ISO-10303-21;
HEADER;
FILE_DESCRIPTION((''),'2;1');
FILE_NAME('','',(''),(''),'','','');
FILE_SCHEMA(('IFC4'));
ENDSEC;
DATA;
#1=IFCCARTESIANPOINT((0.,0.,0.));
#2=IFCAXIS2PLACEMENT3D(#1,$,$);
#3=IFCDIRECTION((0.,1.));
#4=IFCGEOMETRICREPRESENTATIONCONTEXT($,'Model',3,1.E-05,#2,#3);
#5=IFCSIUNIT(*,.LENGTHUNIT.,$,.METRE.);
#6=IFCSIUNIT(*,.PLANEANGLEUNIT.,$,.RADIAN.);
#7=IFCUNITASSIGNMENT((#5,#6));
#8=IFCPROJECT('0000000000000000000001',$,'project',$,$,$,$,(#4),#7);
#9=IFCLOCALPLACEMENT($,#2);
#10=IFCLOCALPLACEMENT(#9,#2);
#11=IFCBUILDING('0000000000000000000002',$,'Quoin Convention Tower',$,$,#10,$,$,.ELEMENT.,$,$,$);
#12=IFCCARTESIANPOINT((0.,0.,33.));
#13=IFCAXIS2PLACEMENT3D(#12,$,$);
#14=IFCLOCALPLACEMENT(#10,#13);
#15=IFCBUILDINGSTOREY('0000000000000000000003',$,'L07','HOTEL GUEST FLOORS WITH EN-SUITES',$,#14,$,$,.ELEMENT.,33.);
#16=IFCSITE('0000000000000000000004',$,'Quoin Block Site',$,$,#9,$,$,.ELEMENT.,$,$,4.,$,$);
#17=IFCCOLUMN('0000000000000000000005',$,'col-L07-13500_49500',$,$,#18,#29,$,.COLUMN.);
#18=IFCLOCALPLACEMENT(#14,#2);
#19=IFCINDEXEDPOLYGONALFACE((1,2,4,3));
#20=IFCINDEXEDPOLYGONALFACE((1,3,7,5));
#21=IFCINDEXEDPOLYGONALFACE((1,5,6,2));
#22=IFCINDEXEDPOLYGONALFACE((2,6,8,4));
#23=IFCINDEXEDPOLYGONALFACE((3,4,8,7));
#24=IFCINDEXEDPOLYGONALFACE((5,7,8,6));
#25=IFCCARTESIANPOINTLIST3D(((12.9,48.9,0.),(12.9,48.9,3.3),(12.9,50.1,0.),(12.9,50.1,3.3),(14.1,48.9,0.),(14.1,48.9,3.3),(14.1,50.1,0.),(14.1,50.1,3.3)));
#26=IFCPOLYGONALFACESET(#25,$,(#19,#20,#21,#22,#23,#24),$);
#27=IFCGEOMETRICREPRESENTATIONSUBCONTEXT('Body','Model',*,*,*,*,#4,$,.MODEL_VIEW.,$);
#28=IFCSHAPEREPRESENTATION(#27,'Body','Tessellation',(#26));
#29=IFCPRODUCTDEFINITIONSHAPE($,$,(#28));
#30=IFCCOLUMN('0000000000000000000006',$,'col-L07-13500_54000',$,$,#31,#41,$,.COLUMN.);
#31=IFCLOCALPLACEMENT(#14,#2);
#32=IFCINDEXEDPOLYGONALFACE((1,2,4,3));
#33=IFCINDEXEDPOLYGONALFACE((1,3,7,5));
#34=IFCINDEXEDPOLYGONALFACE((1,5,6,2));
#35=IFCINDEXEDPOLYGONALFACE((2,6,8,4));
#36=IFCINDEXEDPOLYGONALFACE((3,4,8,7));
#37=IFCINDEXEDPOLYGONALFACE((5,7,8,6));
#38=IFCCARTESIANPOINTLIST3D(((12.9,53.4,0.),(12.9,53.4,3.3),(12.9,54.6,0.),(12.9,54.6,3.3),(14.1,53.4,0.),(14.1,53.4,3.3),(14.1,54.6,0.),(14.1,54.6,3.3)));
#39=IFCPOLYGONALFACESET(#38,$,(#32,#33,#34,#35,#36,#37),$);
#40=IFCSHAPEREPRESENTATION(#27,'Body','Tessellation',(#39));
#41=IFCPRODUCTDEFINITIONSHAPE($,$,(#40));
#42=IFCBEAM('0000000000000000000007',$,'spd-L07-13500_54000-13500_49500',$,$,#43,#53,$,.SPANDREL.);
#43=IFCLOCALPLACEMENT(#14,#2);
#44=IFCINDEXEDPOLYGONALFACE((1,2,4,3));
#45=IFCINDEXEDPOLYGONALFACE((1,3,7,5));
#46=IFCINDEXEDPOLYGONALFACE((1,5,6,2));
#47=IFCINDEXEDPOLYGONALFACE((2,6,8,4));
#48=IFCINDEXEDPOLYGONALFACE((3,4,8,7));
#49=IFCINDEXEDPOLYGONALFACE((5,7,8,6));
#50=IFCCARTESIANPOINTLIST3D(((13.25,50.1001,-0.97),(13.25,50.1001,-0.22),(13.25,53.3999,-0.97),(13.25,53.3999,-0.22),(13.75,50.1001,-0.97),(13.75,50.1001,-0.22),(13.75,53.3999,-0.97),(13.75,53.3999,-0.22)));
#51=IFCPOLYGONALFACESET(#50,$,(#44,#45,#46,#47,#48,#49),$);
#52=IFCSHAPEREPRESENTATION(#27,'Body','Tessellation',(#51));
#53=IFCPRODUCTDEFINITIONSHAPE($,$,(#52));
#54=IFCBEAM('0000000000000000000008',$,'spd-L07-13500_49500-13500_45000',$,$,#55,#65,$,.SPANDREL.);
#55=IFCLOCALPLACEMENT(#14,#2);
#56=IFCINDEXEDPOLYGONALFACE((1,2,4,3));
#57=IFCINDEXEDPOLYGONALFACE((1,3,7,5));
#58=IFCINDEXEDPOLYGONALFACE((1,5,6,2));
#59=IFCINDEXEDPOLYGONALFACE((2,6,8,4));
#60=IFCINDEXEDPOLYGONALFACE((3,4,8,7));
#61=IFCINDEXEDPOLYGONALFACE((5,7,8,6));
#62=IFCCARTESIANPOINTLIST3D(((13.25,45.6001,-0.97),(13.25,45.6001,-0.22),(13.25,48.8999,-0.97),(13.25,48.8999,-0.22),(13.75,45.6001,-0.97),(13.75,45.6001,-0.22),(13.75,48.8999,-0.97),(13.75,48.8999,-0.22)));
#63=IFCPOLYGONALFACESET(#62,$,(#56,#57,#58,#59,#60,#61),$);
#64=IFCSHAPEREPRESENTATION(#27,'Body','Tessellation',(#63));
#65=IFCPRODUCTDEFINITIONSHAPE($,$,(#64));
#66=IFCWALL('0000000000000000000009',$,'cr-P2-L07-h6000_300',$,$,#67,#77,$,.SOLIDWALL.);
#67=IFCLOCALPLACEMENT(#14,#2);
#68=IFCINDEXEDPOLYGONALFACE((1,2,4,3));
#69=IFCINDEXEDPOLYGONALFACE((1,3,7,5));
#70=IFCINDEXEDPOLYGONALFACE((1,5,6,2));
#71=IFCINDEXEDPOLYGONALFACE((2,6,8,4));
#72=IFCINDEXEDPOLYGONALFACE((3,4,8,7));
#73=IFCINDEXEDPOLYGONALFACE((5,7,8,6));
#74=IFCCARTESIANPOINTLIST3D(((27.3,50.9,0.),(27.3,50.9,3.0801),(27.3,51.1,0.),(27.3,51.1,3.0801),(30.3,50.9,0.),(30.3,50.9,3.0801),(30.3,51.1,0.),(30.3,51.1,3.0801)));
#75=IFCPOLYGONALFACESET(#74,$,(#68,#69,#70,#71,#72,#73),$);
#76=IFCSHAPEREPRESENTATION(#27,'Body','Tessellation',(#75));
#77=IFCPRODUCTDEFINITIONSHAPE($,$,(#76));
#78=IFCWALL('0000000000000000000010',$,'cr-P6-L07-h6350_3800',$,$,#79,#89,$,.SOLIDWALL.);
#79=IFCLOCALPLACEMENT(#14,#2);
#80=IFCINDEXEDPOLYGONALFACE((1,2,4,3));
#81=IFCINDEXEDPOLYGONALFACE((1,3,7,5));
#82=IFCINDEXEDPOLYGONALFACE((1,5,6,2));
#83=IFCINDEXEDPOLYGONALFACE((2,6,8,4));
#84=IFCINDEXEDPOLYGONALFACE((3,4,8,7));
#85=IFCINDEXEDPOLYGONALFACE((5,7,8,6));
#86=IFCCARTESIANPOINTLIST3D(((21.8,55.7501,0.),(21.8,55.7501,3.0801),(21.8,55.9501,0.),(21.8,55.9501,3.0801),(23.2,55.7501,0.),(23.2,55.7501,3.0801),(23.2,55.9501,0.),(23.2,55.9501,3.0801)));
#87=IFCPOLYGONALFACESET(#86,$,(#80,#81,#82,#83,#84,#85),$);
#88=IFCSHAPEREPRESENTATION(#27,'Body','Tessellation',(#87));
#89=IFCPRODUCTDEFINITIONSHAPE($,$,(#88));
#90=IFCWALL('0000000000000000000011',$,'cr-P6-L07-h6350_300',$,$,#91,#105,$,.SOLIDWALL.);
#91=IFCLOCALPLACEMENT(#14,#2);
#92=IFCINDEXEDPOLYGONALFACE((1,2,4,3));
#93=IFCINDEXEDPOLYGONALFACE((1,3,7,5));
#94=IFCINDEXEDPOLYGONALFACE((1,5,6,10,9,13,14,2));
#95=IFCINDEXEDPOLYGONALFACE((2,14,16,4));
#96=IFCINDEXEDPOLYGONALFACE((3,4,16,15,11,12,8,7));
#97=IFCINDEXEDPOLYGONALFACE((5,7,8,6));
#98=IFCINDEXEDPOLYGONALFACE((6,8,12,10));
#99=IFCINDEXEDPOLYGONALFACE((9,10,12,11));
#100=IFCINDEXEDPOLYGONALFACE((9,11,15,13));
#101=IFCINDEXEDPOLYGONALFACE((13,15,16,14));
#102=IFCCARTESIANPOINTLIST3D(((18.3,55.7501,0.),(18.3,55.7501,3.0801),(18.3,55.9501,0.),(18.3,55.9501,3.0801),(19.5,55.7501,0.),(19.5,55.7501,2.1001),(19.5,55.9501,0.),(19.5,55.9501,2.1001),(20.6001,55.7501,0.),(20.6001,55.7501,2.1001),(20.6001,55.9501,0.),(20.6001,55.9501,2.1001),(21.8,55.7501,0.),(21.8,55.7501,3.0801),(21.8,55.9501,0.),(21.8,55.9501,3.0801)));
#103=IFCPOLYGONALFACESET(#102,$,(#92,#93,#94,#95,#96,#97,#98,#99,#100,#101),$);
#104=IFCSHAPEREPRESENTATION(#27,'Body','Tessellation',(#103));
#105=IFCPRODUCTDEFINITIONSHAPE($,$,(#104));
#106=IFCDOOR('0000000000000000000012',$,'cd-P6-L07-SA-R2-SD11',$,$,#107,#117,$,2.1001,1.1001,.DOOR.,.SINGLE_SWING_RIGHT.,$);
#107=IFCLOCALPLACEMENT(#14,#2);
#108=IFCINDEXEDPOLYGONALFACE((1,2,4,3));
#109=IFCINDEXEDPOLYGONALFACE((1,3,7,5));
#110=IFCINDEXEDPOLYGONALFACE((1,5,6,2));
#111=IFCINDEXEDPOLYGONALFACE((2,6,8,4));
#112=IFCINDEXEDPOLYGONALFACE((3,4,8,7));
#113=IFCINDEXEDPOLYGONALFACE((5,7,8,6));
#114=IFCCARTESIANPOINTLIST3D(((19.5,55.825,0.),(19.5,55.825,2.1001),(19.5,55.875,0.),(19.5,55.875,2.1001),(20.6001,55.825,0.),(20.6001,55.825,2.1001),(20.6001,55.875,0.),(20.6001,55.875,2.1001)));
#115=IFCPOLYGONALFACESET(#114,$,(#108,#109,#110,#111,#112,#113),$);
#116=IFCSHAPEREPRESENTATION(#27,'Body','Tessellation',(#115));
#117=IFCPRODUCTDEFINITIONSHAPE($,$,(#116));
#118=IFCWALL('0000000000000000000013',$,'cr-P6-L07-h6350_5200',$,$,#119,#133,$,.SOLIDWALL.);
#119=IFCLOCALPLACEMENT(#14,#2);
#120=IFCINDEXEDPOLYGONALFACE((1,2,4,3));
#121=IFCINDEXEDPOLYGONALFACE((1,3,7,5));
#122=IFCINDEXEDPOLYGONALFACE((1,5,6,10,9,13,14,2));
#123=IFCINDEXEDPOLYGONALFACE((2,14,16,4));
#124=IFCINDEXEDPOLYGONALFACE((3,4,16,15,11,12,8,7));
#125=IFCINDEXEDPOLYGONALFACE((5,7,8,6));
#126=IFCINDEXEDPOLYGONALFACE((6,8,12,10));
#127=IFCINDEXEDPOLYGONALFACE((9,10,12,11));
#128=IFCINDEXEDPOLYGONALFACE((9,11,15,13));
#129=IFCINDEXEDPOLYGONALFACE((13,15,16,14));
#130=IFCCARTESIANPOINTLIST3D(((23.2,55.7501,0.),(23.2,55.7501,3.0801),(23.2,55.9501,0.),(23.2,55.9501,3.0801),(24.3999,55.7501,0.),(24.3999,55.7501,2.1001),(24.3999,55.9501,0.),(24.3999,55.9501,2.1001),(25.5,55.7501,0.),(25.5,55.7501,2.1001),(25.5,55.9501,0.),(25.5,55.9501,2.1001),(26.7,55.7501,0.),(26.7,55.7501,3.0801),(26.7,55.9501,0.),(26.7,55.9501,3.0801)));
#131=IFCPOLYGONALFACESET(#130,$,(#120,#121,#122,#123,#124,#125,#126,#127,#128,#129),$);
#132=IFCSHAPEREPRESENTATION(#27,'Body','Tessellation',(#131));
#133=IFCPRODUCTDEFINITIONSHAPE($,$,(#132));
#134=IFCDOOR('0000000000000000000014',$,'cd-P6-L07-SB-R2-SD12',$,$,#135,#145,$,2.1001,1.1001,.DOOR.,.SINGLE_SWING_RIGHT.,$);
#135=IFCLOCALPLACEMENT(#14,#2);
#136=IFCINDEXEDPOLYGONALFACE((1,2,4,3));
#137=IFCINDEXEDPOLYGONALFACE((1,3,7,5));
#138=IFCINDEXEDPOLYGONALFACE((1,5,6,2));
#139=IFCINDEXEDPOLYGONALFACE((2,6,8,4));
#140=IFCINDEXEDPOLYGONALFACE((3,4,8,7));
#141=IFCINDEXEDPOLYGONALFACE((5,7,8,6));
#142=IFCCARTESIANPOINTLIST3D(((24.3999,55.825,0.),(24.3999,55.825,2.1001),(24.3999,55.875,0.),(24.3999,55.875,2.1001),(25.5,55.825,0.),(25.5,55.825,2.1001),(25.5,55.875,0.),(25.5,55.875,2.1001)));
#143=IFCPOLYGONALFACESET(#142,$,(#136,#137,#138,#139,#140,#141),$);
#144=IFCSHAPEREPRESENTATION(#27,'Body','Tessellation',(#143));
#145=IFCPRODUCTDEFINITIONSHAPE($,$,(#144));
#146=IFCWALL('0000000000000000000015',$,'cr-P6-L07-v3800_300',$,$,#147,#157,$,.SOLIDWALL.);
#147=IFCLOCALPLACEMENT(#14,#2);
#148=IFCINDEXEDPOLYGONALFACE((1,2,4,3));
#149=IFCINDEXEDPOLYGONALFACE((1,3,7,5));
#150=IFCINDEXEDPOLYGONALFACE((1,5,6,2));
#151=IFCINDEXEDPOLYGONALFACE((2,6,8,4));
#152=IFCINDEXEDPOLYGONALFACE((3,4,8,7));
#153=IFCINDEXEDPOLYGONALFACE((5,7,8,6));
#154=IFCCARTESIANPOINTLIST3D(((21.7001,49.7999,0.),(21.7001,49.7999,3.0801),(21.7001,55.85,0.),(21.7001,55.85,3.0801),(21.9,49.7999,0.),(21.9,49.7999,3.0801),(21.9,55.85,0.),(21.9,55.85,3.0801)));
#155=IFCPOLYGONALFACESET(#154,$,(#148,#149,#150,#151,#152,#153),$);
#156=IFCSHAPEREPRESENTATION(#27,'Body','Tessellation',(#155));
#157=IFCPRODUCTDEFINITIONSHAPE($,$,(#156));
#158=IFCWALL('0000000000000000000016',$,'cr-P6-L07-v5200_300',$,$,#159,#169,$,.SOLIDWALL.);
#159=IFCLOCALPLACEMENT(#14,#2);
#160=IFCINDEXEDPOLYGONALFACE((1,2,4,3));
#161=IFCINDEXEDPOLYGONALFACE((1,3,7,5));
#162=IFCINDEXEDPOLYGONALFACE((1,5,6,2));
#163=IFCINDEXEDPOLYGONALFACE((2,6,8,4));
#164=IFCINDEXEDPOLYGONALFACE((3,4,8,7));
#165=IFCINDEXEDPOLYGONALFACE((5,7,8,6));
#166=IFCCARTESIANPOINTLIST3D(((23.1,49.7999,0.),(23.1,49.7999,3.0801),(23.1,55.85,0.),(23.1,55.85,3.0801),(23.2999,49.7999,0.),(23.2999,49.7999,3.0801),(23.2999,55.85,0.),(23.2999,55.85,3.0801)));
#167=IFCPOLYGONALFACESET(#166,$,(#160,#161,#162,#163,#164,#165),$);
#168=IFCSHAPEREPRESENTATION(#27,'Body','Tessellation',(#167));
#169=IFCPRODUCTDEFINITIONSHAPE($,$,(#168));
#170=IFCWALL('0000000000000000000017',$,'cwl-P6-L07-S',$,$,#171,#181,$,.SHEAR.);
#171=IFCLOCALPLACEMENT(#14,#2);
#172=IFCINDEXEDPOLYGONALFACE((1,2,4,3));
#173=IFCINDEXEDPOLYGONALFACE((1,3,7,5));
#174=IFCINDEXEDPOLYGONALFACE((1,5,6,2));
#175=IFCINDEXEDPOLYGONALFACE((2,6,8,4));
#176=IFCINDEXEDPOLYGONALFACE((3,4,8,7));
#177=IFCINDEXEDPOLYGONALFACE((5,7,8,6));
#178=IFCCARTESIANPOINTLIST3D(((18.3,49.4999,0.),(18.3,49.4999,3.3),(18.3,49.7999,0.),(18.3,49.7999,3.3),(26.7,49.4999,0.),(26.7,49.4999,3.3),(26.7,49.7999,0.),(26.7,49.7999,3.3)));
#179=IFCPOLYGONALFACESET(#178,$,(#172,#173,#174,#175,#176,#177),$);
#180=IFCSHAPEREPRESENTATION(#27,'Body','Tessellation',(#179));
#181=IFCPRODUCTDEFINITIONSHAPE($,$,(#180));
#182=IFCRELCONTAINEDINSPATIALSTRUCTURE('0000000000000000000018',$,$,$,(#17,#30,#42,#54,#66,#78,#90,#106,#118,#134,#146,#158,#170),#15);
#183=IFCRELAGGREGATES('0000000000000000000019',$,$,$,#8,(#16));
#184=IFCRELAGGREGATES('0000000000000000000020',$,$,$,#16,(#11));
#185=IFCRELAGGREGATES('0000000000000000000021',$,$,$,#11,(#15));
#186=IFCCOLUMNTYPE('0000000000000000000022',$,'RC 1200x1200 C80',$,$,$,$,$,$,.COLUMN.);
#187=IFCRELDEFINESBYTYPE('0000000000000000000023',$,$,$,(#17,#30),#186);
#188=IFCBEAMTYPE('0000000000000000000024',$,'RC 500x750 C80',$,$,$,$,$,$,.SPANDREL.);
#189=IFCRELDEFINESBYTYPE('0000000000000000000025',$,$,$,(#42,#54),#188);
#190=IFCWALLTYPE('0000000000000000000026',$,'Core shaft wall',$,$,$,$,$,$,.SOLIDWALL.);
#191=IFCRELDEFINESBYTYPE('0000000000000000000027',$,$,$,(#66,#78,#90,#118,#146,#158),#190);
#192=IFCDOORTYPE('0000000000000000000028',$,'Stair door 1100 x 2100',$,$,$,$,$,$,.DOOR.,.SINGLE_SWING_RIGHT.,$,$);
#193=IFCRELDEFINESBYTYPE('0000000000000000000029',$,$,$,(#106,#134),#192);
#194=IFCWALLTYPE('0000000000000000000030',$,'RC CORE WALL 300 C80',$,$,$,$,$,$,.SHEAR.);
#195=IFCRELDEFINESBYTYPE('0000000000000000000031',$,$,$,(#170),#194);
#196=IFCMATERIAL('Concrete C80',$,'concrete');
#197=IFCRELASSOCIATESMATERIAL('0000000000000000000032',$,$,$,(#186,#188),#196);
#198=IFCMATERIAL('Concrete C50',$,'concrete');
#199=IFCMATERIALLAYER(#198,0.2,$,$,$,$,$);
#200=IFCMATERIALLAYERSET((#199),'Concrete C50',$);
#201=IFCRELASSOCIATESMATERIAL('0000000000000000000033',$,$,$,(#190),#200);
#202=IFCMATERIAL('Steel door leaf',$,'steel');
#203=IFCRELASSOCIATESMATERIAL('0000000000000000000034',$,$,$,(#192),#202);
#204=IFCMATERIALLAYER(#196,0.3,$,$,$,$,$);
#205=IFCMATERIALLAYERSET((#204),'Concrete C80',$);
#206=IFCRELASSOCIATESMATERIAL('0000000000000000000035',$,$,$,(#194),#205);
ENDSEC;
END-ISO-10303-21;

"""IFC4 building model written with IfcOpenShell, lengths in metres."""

from ifc_helpers import new_model, si_unit, direction, frame, frame_2d, origin, origin_2d, place, context, subcontext, project, spatial, rectangle, extrude, material, layer, layer_set, material_profile, profile_set, type_object, element, fill, save


model = new_model("IFC4")

# Units and contexts
model_context = context("Model", 3, precision=1e-05, world=origin(), true_north=direction((0.0, 1.0)))
body_context = subcontext(model_context, "Body", "Model", "MODEL_VIEW")
ifc_project = project(units=[si_unit("LENGTHUNIT", "METRE"), si_unit("PLANEANGLEUNIT", "RADIAN")], contexts=[model_context])

# Site, building, storey
site_placement = place(None, origin())
site = spatial("IfcSite", under=ifc_project, at=site_placement, Name="Quoin Block Site", CompositionType="ELEMENT", RefElevation=4.0)
building_placement = place(site_placement, origin())
building = spatial("IfcBuilding", under=site, at=building_placement, Name="Quoin Convention Tower", CompositionType="ELEMENT")
storey_placement = place(building_placement, frame((0.0, 0.0, 33.0)))
storey = spatial("IfcBuildingStorey", under=building, at=storey_placement, Name="L07", Description="HOTEL GUEST FLOORS WITH EN-SUITES", CompositionType="ELEMENT", Elevation=33.0)

# Columns
ifc_material_1 = material(Name="Concrete C80", Category="concrete")
ifc_material_profile_1 = material_profile(ifc_material_1, rectangle(XDim=1.2, YDim=1.2, at=origin_2d()), Name="RC 1200x1200")
ifc_profile_set_1 = profile_set([ifc_material_profile_1], Name="Concrete C80")
column_type = type_object("IfcColumnType", Name="RC 1200x1200 C80", PredefinedType="COLUMN", material=ifc_profile_set_1)
for number, where, z_axis, x_axis, name in (
    (1, (13.5, 49.5, 0.0), (0.0, 0.0, 1.0), (1.0, 0.0, 0.0), "col-L07-13500_49500"),
    (2, (13.5, 54.0, 0.0), (0.0, 0.0, 1.0), (1.0, 0.0, 0.0), "col-L07-13500_54000"),
):
    element("IfcColumn", number, at=place(storey_placement, frame(where, z_axis=z_axis, x_axis=x_axis)), inside=storey, type_object=column_type, Name=name, PredefinedType="COLUMN", context=body_context, shape_type="SweptSolid", body=[
        extrude(rectangle(XDim=1.2, YDim=1.2, at=origin_2d()), origin(), (0.0, 0.0, 1.0), 3.3),
    ])

# Beams
ifc_material_profile_2 = material_profile(ifc_material_1, rectangle(XDim=0.5, YDim=0.75, at=origin_2d()), Name="RC 500x750")
ifc_profile_set_2 = profile_set([ifc_material_profile_2], Name="Concrete C80")
beam_type = type_object("IfcBeamType", Name="RC 500x750 C80", PredefinedType="SPANDREL", material=ifc_profile_set_2)
for number, where, z_axis, x_axis, name in (
    (3, (13.5, 53.3999, -0.595), (0.0, -1.0, 0.0), (1.0, 0.0, 0.0), "spd-L07-13500_54000-13500_49500"),
    (4, (13.5, 48.8999, -0.595), (0.0, -1.0, 0.0), (1.0, 0.0, 0.0), "spd-L07-13500_49500-13500_45000"),
):
    element("IfcBeam", number, at=place(storey_placement, frame(where, z_axis=z_axis, x_axis=x_axis)), inside=storey, type_object=beam_type, Name=name, PredefinedType="SPANDREL", context=body_context, shape_type="SweptSolid", body=[
        extrude(rectangle(XDim=0.5, YDim=0.75, at=origin_2d()), origin(), (0.0, 0.0, 1.0), 3.2998),
    ])

# Walls
ifc_material_2 = material(Name="Concrete C50", Category="concrete")
ifc_layer_1 = layer(ifc_material_2, 0.2)
ifc_layer_set_1 = layer_set([ifc_layer_1], Name="Concrete C50")
wall_type_1 = type_object("IfcWallType", Name="Core shaft wall", PredefinedType="SOLIDWALL", material=ifc_layer_set_1)
wall_1_placement = place(storey_placement, frame((27.3, 51.0, 0.0), z_axis=(0.0, 0.0, 1.0), x_axis=(1.0, 0.0, 0.0)))
element("IfcWall", 5, at=wall_1_placement, inside=storey, type_object=wall_type_1, Name="cr-P2-L07-h6000_300", PredefinedType="SOLIDWALL", context=body_context, shape_type="SweptSolid", body=[
    extrude(rectangle(XDim=3.0, YDim=0.2, at=frame_2d((1.5, 0.0))), origin(), (0.0, 0.0, 1.0), 3.0801),
])
wall_2_placement = place(storey_placement, frame((21.8, 55.8501, 0.0), z_axis=(0.0, 0.0, 1.0), x_axis=(1.0, 0.0, 0.0)))
element("IfcWall", 6, at=wall_2_placement, inside=storey, type_object=wall_type_1, Name="cr-P6-L07-h6350_3800", PredefinedType="SOLIDWALL", context=body_context, shape_type="SweptSolid", body=[
    extrude(rectangle(XDim=1.3999, YDim=0.2, at=frame_2d((0.7, 0.0))), origin(), (0.0, 0.0, 1.0), 3.0801),
])

# Walls, openings, doors
wall_3_placement = place(storey_placement, frame((18.3, 55.8501, 0.0), z_axis=(0.0, 0.0, 1.0), x_axis=(1.0, 0.0, 0.0)))
wall_3 = element("IfcWall", 7, at=wall_3_placement, inside=storey, type_object=wall_type_1, Name="cr-P6-L07-h6350_300", PredefinedType="SOLIDWALL", context=body_context, shape_type="SweptSolid", body=[
    extrude(rectangle(XDim=3.5, YDim=0.2, at=frame_2d((1.75, 0.0))), origin(), (0.0, 0.0, 1.0), 3.0801),
])
opening_1_placement = place(wall_3_placement, frame((1.2, 0.0, 0.0)))
opening_1 = element("IfcOpeningElement", 8, at=opening_1_placement, cuts=wall_3, PredefinedType="OPENING", context=body_context, shape_type="SweptSolid", body=[
    extrude(rectangle(XDim=1.1001, YDim=2.1001, at=frame_2d((0.55, 1.05))), frame((0.0, 0.1099, 0.0), z_axis=(0.0, -1.0, 0.0), x_axis=(1.0, 0.0, 0.0)), (0.0, 0.0, 1.0), 0.22),
])
ifc_material_3 = material(Name="Steel door leaf", Category="steel")
door_type_1 = type_object("IfcDoorType", Name="Stair door 1100 x 2100", OperationType="SINGLE_SWING_RIGHT", PredefinedType="DOOR", material=ifc_material_3)
door_1_placement = place(opening_1_placement, origin())
door_1 = element("IfcDoor", 9, at=door_1_placement, inside=storey, type_object=door_type_1, Name="cd-P6-L07-SA-R2-SD11", OperationType="SINGLE_SWING_RIGHT", OverallHeight=2.1001, OverallWidth=1.1001, PredefinedType="DOOR", context=body_context, shape_type="SweptSolid", body=[
    extrude(rectangle(XDim=1.1001, YDim=2.1001, at=frame_2d((0.55, 1.05))), frame((0.0, 0.0249, 0.0), z_axis=(0.0, -1.0, 0.0), x_axis=(1.0, 0.0, 0.0)), (0.0, 0.0, 1.0), 0.05),
])
fill(opening_1, door_1)
wall_4_placement = place(storey_placement, frame((23.2, 55.8501, 0.0), z_axis=(0.0, 0.0, 1.0), x_axis=(1.0, 0.0, 0.0)))
wall_4 = element("IfcWall", 10, at=wall_4_placement, inside=storey, type_object=wall_type_1, Name="cr-P6-L07-h6350_5200", PredefinedType="SOLIDWALL", context=body_context, shape_type="SweptSolid", body=[
    extrude(rectangle(XDim=3.5, YDim=0.2, at=frame_2d((1.75, 0.0))), origin(), (0.0, 0.0, 1.0), 3.0801),
])
opening_2_placement = place(wall_4_placement, frame((1.2, 0.0, 0.0)))
opening_2 = element("IfcOpeningElement", 11, at=opening_2_placement, cuts=wall_4, PredefinedType="OPENING", context=body_context, shape_type="SweptSolid", body=[
    extrude(rectangle(XDim=1.1001, YDim=2.1001, at=frame_2d((0.55, 1.05))), frame((0.0, 0.1099, 0.0), z_axis=(0.0, -1.0, 0.0), x_axis=(1.0, 0.0, 0.0)), (0.0, 0.0, 1.0), 0.22),
])
door_2_placement = place(opening_2_placement, origin())
door_2 = element("IfcDoor", 12, at=door_2_placement, inside=storey, type_object=door_type_1, Name="cd-P6-L07-SB-R2-SD12", OperationType="SINGLE_SWING_RIGHT", OverallHeight=2.1001, OverallWidth=1.1001, PredefinedType="DOOR", context=body_context, shape_type="SweptSolid", body=[
    extrude(rectangle(XDim=1.1001, YDim=2.1001, at=frame_2d((0.55, 1.05))), frame((0.0, 0.0249, 0.0), z_axis=(0.0, -1.0, 0.0), x_axis=(1.0, 0.0, 0.0)), (0.0, 0.0, 1.0), 0.05),
])
fill(opening_2, door_2)

# Walls
for number, where, z_axis, x_axis, name in (
    (13, (21.8, 49.8, 0.0), (0.0, 0.0, 1.0), (0.0, 1.0, 0.0), "cr-P6-L07-v3800_300"),
    (14, (23.2, 49.8, 0.0), (0.0, 0.0, 1.0), (0.0, 1.0, 0.0), "cr-P6-L07-v5200_300"),
):
    element("IfcWall", number, at=place(storey_placement, frame(where, z_axis=z_axis, x_axis=x_axis)), inside=storey, type_object=wall_type_1, Name=name, PredefinedType="SOLIDWALL", context=body_context, shape_type="SweptSolid", body=[
        extrude(rectangle(XDim=6.05, YDim=0.2, at=frame_2d((3.0249, 0.0))), origin(), (0.0, 0.0, 1.0), 3.0801),
    ])
ifc_layer_2 = layer(ifc_material_1, 0.3)
ifc_layer_set_2 = layer_set([ifc_layer_2], Name="Concrete C80")
wall_type_2 = type_object("IfcWallType", Name="RC CORE WALL 300 C80", PredefinedType="SHEAR", material=ifc_layer_set_2)
wall_5_placement = place(storey_placement, frame((18.3, 49.6499, 0.0), z_axis=(0.0, 0.0, 1.0), x_axis=(1.0, 0.0, 0.0)))
element("IfcWall", 15, at=wall_5_placement, inside=storey, type_object=wall_type_2, Name="cwl-P6-L07-S", PredefinedType="SHEAR", context=body_context, shape_type="SweptSolid", body=[
    extrude(rectangle(XDim=8.3999, YDim=0.3, at=frame_2d((4.2, 0.0))), origin(), (0.0, 0.0, 1.0), 3.3),
])

save(model, "model.ifc")
